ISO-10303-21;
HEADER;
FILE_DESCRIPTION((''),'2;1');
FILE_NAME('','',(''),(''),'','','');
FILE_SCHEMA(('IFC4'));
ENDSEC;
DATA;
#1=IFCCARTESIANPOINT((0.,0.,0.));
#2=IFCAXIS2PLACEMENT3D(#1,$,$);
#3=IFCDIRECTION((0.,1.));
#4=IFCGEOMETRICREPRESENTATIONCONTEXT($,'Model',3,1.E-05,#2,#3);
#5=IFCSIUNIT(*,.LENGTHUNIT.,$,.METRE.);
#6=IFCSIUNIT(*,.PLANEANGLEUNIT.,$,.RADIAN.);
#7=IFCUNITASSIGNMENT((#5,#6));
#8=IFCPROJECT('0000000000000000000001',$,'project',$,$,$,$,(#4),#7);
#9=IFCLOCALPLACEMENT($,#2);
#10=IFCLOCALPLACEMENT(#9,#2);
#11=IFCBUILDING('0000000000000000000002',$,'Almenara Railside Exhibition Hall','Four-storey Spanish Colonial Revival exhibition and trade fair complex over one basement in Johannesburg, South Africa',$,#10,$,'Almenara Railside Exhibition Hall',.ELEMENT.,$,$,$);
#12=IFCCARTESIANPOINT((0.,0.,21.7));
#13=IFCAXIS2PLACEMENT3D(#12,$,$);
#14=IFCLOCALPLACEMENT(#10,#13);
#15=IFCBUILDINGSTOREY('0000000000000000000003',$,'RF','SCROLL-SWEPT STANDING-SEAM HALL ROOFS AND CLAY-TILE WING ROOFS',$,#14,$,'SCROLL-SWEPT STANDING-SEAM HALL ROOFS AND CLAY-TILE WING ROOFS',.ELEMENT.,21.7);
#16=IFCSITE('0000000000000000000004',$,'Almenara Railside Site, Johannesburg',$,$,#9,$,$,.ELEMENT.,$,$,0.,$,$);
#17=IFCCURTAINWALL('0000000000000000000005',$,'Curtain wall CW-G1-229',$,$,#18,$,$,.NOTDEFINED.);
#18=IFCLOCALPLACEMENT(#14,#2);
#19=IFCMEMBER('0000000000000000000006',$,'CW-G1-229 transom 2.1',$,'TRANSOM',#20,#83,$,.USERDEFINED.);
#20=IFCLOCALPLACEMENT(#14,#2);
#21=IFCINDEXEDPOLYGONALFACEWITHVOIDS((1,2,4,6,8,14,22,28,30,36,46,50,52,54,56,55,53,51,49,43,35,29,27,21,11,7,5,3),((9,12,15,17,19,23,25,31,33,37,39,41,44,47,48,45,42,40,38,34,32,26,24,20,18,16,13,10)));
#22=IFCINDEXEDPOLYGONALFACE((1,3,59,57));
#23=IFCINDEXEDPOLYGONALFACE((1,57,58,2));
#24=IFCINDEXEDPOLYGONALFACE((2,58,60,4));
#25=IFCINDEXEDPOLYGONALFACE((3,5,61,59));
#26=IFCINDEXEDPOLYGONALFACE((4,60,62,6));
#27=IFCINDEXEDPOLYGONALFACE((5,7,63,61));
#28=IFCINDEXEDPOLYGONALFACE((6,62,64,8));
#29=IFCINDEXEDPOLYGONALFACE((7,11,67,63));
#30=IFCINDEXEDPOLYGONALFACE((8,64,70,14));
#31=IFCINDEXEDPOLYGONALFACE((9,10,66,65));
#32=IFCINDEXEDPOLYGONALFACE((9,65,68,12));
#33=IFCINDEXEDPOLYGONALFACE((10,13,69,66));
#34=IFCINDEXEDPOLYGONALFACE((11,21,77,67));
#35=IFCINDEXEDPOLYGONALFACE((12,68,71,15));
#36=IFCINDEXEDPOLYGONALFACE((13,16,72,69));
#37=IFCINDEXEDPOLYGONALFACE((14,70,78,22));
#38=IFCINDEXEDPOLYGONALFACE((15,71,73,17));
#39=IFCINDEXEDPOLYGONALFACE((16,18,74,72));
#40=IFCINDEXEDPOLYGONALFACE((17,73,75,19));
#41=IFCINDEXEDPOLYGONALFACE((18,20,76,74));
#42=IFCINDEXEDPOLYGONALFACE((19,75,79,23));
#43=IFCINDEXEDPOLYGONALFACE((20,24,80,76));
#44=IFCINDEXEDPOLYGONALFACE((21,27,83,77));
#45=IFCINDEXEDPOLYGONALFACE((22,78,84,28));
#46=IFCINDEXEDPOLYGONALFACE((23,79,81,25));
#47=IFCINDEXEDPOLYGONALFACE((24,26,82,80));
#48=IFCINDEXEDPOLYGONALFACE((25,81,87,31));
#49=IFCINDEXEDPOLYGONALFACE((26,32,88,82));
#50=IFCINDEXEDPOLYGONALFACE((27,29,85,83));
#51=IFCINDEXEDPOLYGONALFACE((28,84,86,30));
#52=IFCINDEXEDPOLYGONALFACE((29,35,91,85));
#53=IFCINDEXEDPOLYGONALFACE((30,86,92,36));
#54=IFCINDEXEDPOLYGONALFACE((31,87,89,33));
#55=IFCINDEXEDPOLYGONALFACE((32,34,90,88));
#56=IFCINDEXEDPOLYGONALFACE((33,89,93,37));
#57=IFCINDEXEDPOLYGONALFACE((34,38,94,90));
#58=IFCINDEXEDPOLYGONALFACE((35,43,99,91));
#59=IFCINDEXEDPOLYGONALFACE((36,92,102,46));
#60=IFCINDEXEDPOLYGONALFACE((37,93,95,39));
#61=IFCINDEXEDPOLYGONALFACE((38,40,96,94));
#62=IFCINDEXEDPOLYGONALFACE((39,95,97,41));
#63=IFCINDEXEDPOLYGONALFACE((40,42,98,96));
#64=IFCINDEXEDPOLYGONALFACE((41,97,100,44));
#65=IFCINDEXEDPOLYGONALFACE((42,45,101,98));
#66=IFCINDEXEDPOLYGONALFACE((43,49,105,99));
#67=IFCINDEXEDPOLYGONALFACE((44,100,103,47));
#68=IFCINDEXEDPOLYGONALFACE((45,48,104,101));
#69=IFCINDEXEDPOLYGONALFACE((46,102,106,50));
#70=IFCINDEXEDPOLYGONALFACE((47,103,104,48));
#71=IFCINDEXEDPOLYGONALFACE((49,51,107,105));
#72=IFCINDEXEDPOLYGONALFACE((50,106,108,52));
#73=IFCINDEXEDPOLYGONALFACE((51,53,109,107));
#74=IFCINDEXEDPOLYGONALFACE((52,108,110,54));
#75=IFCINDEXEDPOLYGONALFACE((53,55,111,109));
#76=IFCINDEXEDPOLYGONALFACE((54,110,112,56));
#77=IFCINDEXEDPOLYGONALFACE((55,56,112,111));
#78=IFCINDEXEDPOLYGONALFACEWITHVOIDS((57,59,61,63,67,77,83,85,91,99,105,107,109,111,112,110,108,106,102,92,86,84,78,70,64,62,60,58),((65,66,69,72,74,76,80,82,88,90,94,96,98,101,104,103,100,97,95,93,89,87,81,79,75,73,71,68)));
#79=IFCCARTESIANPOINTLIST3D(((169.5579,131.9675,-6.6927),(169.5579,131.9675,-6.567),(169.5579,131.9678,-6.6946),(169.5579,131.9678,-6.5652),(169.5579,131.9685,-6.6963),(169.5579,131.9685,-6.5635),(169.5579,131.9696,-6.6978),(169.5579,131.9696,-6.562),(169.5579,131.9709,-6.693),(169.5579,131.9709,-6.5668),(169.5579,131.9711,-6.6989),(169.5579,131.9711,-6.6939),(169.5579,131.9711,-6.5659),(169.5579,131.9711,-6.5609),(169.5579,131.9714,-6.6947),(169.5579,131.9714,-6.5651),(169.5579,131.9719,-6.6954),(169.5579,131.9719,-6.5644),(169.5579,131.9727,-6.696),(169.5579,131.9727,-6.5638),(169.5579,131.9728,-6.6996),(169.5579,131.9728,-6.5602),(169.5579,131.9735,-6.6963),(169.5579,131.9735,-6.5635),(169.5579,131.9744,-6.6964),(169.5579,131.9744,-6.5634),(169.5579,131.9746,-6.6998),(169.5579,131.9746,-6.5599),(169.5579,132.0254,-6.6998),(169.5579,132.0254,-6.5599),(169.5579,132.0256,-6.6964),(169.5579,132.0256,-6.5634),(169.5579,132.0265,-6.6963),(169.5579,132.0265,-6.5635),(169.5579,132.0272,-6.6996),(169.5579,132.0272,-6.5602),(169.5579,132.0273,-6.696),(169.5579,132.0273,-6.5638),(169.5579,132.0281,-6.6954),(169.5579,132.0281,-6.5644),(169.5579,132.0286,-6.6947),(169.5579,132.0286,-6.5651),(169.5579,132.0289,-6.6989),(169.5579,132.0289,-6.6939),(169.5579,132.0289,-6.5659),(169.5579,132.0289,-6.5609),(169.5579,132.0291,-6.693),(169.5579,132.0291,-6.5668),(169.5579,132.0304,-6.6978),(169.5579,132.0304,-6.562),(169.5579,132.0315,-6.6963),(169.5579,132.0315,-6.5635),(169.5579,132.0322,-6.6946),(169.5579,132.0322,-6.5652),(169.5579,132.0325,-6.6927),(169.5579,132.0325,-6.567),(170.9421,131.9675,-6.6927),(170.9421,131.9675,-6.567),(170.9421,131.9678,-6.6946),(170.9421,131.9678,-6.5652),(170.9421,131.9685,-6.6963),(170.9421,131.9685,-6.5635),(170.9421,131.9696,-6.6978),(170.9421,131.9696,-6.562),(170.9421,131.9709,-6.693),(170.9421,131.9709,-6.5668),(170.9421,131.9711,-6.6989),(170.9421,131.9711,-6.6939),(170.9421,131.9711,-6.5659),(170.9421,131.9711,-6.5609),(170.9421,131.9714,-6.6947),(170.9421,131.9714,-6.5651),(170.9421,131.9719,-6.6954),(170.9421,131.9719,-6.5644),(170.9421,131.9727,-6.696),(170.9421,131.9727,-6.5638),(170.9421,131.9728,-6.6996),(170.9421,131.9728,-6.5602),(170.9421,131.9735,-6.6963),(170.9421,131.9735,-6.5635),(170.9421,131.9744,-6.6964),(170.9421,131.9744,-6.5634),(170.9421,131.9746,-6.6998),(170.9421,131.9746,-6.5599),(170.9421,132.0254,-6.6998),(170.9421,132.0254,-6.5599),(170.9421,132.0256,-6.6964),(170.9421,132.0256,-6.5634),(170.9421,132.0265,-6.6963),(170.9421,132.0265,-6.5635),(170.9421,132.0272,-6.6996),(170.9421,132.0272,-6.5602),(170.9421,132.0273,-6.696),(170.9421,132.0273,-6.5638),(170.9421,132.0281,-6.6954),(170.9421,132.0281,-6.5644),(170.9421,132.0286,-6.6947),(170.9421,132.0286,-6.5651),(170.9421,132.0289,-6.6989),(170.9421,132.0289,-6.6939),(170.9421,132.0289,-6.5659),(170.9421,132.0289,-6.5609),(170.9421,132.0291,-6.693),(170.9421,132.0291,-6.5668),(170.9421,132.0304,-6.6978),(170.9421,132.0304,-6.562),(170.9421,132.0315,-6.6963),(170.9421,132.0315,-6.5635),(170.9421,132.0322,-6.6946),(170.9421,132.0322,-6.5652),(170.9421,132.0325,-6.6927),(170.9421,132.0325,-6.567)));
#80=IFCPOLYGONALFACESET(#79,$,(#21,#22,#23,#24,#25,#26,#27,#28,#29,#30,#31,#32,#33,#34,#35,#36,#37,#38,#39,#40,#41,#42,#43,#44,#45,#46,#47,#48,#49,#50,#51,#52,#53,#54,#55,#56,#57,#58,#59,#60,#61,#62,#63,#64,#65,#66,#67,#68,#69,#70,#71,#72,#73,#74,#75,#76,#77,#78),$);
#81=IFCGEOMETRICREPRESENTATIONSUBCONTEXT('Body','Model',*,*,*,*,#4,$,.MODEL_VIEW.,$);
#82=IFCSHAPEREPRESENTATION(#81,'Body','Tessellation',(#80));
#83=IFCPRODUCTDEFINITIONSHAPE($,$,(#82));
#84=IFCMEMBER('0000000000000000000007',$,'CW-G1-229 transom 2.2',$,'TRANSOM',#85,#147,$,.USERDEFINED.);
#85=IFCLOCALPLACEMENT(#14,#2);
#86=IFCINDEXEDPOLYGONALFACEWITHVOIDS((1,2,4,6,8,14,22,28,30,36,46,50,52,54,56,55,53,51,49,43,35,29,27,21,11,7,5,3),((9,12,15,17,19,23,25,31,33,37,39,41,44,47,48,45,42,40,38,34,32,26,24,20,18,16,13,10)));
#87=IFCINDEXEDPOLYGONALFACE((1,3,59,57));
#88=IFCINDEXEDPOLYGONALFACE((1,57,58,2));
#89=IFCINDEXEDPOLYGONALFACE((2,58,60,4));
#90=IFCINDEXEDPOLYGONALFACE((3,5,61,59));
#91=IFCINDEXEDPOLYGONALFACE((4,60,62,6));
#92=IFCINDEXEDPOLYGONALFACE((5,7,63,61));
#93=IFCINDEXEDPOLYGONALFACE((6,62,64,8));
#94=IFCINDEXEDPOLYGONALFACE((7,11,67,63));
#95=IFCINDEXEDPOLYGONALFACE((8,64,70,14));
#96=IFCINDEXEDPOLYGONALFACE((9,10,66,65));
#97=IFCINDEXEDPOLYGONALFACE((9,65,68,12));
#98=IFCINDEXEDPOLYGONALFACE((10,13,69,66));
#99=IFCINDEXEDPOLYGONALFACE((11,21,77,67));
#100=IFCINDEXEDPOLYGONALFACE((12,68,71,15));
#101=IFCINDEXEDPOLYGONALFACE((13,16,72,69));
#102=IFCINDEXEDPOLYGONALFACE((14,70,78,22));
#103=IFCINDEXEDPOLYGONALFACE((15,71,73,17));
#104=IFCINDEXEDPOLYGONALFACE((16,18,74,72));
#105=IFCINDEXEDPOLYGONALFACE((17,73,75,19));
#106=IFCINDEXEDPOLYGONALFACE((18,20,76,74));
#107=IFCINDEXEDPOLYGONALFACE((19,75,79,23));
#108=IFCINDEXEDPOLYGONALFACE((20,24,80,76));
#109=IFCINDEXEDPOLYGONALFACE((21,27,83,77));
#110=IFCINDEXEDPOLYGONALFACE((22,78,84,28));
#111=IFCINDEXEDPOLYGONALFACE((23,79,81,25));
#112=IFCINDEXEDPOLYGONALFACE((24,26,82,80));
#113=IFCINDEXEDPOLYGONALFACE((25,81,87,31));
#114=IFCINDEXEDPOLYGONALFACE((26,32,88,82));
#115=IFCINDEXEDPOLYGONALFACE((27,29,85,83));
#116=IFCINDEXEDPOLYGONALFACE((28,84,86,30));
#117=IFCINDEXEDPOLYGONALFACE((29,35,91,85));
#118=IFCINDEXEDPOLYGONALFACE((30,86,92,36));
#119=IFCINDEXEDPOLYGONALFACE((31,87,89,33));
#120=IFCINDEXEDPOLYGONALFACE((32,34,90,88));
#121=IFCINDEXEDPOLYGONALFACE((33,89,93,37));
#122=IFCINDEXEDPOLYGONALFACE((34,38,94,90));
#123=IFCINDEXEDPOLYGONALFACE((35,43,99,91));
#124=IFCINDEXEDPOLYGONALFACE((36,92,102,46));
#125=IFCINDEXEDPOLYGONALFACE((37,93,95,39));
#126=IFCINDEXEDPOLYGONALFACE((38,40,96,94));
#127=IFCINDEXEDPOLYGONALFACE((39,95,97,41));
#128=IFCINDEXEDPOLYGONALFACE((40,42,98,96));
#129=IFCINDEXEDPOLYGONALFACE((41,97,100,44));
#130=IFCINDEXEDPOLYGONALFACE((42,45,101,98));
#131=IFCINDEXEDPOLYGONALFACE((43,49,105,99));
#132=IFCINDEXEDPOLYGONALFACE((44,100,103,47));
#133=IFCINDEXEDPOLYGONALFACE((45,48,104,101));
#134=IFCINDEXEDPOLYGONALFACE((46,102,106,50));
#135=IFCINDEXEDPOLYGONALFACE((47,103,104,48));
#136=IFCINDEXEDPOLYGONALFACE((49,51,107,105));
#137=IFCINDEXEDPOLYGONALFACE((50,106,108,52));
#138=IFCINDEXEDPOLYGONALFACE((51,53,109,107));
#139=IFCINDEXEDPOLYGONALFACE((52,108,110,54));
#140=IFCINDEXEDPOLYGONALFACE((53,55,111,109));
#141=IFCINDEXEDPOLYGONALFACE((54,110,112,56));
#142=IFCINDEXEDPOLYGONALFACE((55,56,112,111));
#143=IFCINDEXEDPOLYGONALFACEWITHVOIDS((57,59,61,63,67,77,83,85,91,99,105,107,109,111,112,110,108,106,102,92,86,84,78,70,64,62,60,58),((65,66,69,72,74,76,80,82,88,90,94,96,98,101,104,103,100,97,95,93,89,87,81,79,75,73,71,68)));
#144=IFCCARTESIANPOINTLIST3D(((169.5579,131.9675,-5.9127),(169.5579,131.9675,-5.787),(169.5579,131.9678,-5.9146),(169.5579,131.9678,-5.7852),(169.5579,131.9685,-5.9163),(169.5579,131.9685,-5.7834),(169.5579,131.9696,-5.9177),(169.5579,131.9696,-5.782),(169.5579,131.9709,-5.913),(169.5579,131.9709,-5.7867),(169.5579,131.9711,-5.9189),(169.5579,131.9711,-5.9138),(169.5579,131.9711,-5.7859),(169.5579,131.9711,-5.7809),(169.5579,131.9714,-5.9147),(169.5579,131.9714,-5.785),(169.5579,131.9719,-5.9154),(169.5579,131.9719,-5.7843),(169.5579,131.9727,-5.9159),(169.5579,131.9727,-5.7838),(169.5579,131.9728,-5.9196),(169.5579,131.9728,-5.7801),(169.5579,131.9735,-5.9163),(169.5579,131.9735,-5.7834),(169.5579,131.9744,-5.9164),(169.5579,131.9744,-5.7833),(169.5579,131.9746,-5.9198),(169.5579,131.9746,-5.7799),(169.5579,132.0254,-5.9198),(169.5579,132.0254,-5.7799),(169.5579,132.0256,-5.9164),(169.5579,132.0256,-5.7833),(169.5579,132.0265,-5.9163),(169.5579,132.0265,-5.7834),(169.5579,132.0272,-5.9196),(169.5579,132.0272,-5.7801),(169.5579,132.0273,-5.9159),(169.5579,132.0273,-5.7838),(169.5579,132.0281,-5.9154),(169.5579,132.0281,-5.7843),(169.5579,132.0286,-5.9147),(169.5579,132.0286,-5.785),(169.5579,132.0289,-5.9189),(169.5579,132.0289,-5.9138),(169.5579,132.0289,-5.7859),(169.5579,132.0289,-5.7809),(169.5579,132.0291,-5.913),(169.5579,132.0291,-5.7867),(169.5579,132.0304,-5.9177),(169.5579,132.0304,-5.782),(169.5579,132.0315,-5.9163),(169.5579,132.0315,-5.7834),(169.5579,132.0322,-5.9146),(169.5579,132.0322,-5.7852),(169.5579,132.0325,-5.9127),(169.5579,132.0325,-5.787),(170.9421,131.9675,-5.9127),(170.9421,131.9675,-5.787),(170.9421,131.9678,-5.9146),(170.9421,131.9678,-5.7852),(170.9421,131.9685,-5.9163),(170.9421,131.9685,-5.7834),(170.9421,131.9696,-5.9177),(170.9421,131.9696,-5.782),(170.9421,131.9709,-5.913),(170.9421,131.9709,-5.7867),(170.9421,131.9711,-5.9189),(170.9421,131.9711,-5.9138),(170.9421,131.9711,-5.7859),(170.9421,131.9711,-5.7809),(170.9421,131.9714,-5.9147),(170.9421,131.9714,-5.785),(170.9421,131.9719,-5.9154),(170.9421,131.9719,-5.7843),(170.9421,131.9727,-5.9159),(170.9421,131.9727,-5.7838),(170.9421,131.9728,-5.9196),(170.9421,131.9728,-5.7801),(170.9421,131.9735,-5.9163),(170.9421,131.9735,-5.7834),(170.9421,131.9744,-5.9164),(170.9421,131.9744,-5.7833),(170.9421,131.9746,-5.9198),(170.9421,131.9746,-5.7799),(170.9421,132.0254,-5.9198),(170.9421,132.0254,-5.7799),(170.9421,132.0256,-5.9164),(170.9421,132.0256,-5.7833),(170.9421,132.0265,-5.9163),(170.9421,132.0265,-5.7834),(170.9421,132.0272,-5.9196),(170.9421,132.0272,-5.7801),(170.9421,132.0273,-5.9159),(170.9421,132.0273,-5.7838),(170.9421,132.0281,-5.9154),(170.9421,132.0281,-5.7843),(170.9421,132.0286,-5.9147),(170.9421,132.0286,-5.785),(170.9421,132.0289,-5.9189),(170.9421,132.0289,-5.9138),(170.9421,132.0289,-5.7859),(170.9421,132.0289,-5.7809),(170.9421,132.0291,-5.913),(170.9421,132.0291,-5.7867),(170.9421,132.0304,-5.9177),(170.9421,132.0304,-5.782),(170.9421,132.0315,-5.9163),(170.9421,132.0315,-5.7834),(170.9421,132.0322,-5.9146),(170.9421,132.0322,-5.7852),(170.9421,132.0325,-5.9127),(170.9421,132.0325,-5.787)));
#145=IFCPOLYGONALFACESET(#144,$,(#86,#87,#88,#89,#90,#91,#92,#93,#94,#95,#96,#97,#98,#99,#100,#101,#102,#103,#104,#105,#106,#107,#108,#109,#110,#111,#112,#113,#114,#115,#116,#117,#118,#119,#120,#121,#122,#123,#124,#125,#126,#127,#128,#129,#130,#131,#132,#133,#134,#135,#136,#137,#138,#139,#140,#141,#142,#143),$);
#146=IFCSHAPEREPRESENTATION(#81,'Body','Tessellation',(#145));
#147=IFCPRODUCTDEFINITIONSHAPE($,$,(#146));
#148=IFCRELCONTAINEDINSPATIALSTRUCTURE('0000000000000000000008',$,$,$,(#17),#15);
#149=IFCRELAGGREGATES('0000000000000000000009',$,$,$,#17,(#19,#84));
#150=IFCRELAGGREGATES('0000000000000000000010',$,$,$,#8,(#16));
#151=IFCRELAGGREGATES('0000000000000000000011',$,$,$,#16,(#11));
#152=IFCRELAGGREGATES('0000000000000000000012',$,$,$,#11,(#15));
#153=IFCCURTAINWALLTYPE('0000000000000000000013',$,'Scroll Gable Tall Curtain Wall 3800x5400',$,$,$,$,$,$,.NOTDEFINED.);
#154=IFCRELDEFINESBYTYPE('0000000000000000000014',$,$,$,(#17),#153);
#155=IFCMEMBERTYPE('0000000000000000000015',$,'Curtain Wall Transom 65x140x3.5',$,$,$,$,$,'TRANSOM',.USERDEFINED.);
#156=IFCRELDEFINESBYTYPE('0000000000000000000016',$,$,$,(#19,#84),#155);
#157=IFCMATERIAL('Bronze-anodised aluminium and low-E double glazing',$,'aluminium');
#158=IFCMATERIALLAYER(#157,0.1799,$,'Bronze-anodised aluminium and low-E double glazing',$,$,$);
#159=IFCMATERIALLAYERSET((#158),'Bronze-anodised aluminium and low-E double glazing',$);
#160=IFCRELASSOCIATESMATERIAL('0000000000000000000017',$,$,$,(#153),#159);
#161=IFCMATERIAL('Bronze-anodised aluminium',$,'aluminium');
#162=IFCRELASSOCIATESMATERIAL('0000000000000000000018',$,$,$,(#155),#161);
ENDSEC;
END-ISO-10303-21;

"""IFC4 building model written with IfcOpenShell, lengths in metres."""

from ifc_helpers import new_model, si_unit, direction, frame, origin, origin_2d, place, context, subcontext, project, spatial, hollow_rectangle, extrude, material, layer, layer_set, material_profile, profile_set, type_object, element, aggregate, save


model = new_model("IFC4")

# Units and contexts
model_context = context("Model", 3, precision=1e-05, world=origin(), true_north=direction((0.0, 1.0)))
body_context = subcontext(model_context, "Body", "Model", "MODEL_VIEW")
ifc_project = project(units=[si_unit("LENGTHUNIT", "METRE"), si_unit("PLANEANGLEUNIT", "RADIAN")], contexts=[model_context])

# Site, building, storey
site_placement = place(None, origin())
site = spatial("IfcSite", under=ifc_project, at=site_placement, Name="Almenara Railside Site, Johannesburg", CompositionType="ELEMENT", RefElevation=0.0)
building_placement = place(site_placement, origin())
building = spatial("IfcBuilding", under=site, at=building_placement, Name="Almenara Railside Exhibition Hall", Description="Four-storey Spanish Colonial Revival exhibition and trade fair complex over one basement in Johannesburg, South Africa", LongName="Almenara Railside Exhibition Hall", CompositionType="ELEMENT")
storey_placement = place(building_placement, frame((0.0, 0.0, 21.7)))
storey = spatial("IfcBuildingStorey", under=building, at=storey_placement, Name="RF", Description="SCROLL-SWEPT STANDING-SEAM HALL ROOFS AND CLAY-TILE WING ROOFS", LongName="SCROLL-SWEPT STANDING-SEAM HALL ROOFS AND CLAY-TILE WING ROOFS", CompositionType="ELEMENT", Elevation=21.7)

# Curtain wall
ifc_material_1 = material(Name="Bronze-anodised aluminium and low-E double glazing", Category="aluminium")
ifc_layer_1 = layer(ifc_material_1, 0.1799, Name="Bronze-anodised aluminium and low-E double glazing")
ifc_layer_set_1 = layer_set([ifc_layer_1], Name="Bronze-anodised aluminium and low-E double glazing")
curtain_wall_type = type_object("IfcCurtainWallType", Name="Scroll Gable Tall Curtain Wall 3800x5400", PredefinedType="NOTDEFINED", material=ifc_layer_set_1)
ifc_material_2 = material(Name="Bronze-anodised aluminium", Category="aluminium")
curtain_wall_1_placement = place(storey_placement, origin())
curtain_wall_1 = element("IfcCurtainWall", 1, at=curtain_wall_1_placement, inside=storey, type_object=curtain_wall_type, Name="Curtain wall CW-G1-229", PredefinedType="NOTDEFINED")

# Members
ifc_material_profile_1 = material_profile(ifc_material_2, hollow_rectangle(XDim=0.0649, YDim=0.1399, WallThickness=0.0034, InnerFilletRadius=0.0034, OuterFilletRadius=0.0071, at=origin_2d()), Name="ALU-TRN 65x140x3.5")
ifc_profile_set_1 = profile_set([ifc_material_profile_1], Name="Bronze-anodised aluminium")
member_type_1 = type_object("IfcMemberType", Name="Curtain Wall Transom 65x140x3.5", ElementType="TRANSOM", PredefinedType="USERDEFINED", material=ifc_profile_set_1)
member_1_placement = place(storey_placement, frame((169.5579, 132.0, -6.6299), z_axis=(1.0, 0.0, 0.0), x_axis=(0.0, 1.0, 0.0)))
member_1 = element("IfcMember", 2, at=member_1_placement, type_object=member_type_1, Name="CW-G1-229 transom 2.1", ObjectType="TRANSOM", PredefinedType="USERDEFINED", context=body_context, shape_type="SweptSolid", body=[
    extrude(hollow_rectangle(XDim=0.0649, YDim=0.1399, WallThickness=0.0034, InnerFilletRadius=0.0034, OuterFilletRadius=0.0071, at=origin_2d()), origin(), (0.0, 0.0, 1.0), 1.3843),
])
member_2_placement = place(storey_placement, frame((169.5579, 132.0, -5.8499), z_axis=(1.0, 0.0, 0.0), x_axis=(0.0, 1.0, 0.0)))
member_2 = element("IfcMember", 3, at=member_2_placement, type_object=member_type_1, Name="CW-G1-229 transom 2.2", ObjectType="TRANSOM", PredefinedType="USERDEFINED", context=body_context, shape_type="SweptSolid", body=[
    extrude(hollow_rectangle(XDim=0.0649, YDim=0.1399, WallThickness=0.0034, InnerFilletRadius=0.0034, OuterFilletRadius=0.0071, at=origin_2d()), origin(), (0.0, 0.0, 1.0), 1.3843),
])

aggregate(curtain_wall_1, [member_1, member_2])

save(model, "model.ifc")
